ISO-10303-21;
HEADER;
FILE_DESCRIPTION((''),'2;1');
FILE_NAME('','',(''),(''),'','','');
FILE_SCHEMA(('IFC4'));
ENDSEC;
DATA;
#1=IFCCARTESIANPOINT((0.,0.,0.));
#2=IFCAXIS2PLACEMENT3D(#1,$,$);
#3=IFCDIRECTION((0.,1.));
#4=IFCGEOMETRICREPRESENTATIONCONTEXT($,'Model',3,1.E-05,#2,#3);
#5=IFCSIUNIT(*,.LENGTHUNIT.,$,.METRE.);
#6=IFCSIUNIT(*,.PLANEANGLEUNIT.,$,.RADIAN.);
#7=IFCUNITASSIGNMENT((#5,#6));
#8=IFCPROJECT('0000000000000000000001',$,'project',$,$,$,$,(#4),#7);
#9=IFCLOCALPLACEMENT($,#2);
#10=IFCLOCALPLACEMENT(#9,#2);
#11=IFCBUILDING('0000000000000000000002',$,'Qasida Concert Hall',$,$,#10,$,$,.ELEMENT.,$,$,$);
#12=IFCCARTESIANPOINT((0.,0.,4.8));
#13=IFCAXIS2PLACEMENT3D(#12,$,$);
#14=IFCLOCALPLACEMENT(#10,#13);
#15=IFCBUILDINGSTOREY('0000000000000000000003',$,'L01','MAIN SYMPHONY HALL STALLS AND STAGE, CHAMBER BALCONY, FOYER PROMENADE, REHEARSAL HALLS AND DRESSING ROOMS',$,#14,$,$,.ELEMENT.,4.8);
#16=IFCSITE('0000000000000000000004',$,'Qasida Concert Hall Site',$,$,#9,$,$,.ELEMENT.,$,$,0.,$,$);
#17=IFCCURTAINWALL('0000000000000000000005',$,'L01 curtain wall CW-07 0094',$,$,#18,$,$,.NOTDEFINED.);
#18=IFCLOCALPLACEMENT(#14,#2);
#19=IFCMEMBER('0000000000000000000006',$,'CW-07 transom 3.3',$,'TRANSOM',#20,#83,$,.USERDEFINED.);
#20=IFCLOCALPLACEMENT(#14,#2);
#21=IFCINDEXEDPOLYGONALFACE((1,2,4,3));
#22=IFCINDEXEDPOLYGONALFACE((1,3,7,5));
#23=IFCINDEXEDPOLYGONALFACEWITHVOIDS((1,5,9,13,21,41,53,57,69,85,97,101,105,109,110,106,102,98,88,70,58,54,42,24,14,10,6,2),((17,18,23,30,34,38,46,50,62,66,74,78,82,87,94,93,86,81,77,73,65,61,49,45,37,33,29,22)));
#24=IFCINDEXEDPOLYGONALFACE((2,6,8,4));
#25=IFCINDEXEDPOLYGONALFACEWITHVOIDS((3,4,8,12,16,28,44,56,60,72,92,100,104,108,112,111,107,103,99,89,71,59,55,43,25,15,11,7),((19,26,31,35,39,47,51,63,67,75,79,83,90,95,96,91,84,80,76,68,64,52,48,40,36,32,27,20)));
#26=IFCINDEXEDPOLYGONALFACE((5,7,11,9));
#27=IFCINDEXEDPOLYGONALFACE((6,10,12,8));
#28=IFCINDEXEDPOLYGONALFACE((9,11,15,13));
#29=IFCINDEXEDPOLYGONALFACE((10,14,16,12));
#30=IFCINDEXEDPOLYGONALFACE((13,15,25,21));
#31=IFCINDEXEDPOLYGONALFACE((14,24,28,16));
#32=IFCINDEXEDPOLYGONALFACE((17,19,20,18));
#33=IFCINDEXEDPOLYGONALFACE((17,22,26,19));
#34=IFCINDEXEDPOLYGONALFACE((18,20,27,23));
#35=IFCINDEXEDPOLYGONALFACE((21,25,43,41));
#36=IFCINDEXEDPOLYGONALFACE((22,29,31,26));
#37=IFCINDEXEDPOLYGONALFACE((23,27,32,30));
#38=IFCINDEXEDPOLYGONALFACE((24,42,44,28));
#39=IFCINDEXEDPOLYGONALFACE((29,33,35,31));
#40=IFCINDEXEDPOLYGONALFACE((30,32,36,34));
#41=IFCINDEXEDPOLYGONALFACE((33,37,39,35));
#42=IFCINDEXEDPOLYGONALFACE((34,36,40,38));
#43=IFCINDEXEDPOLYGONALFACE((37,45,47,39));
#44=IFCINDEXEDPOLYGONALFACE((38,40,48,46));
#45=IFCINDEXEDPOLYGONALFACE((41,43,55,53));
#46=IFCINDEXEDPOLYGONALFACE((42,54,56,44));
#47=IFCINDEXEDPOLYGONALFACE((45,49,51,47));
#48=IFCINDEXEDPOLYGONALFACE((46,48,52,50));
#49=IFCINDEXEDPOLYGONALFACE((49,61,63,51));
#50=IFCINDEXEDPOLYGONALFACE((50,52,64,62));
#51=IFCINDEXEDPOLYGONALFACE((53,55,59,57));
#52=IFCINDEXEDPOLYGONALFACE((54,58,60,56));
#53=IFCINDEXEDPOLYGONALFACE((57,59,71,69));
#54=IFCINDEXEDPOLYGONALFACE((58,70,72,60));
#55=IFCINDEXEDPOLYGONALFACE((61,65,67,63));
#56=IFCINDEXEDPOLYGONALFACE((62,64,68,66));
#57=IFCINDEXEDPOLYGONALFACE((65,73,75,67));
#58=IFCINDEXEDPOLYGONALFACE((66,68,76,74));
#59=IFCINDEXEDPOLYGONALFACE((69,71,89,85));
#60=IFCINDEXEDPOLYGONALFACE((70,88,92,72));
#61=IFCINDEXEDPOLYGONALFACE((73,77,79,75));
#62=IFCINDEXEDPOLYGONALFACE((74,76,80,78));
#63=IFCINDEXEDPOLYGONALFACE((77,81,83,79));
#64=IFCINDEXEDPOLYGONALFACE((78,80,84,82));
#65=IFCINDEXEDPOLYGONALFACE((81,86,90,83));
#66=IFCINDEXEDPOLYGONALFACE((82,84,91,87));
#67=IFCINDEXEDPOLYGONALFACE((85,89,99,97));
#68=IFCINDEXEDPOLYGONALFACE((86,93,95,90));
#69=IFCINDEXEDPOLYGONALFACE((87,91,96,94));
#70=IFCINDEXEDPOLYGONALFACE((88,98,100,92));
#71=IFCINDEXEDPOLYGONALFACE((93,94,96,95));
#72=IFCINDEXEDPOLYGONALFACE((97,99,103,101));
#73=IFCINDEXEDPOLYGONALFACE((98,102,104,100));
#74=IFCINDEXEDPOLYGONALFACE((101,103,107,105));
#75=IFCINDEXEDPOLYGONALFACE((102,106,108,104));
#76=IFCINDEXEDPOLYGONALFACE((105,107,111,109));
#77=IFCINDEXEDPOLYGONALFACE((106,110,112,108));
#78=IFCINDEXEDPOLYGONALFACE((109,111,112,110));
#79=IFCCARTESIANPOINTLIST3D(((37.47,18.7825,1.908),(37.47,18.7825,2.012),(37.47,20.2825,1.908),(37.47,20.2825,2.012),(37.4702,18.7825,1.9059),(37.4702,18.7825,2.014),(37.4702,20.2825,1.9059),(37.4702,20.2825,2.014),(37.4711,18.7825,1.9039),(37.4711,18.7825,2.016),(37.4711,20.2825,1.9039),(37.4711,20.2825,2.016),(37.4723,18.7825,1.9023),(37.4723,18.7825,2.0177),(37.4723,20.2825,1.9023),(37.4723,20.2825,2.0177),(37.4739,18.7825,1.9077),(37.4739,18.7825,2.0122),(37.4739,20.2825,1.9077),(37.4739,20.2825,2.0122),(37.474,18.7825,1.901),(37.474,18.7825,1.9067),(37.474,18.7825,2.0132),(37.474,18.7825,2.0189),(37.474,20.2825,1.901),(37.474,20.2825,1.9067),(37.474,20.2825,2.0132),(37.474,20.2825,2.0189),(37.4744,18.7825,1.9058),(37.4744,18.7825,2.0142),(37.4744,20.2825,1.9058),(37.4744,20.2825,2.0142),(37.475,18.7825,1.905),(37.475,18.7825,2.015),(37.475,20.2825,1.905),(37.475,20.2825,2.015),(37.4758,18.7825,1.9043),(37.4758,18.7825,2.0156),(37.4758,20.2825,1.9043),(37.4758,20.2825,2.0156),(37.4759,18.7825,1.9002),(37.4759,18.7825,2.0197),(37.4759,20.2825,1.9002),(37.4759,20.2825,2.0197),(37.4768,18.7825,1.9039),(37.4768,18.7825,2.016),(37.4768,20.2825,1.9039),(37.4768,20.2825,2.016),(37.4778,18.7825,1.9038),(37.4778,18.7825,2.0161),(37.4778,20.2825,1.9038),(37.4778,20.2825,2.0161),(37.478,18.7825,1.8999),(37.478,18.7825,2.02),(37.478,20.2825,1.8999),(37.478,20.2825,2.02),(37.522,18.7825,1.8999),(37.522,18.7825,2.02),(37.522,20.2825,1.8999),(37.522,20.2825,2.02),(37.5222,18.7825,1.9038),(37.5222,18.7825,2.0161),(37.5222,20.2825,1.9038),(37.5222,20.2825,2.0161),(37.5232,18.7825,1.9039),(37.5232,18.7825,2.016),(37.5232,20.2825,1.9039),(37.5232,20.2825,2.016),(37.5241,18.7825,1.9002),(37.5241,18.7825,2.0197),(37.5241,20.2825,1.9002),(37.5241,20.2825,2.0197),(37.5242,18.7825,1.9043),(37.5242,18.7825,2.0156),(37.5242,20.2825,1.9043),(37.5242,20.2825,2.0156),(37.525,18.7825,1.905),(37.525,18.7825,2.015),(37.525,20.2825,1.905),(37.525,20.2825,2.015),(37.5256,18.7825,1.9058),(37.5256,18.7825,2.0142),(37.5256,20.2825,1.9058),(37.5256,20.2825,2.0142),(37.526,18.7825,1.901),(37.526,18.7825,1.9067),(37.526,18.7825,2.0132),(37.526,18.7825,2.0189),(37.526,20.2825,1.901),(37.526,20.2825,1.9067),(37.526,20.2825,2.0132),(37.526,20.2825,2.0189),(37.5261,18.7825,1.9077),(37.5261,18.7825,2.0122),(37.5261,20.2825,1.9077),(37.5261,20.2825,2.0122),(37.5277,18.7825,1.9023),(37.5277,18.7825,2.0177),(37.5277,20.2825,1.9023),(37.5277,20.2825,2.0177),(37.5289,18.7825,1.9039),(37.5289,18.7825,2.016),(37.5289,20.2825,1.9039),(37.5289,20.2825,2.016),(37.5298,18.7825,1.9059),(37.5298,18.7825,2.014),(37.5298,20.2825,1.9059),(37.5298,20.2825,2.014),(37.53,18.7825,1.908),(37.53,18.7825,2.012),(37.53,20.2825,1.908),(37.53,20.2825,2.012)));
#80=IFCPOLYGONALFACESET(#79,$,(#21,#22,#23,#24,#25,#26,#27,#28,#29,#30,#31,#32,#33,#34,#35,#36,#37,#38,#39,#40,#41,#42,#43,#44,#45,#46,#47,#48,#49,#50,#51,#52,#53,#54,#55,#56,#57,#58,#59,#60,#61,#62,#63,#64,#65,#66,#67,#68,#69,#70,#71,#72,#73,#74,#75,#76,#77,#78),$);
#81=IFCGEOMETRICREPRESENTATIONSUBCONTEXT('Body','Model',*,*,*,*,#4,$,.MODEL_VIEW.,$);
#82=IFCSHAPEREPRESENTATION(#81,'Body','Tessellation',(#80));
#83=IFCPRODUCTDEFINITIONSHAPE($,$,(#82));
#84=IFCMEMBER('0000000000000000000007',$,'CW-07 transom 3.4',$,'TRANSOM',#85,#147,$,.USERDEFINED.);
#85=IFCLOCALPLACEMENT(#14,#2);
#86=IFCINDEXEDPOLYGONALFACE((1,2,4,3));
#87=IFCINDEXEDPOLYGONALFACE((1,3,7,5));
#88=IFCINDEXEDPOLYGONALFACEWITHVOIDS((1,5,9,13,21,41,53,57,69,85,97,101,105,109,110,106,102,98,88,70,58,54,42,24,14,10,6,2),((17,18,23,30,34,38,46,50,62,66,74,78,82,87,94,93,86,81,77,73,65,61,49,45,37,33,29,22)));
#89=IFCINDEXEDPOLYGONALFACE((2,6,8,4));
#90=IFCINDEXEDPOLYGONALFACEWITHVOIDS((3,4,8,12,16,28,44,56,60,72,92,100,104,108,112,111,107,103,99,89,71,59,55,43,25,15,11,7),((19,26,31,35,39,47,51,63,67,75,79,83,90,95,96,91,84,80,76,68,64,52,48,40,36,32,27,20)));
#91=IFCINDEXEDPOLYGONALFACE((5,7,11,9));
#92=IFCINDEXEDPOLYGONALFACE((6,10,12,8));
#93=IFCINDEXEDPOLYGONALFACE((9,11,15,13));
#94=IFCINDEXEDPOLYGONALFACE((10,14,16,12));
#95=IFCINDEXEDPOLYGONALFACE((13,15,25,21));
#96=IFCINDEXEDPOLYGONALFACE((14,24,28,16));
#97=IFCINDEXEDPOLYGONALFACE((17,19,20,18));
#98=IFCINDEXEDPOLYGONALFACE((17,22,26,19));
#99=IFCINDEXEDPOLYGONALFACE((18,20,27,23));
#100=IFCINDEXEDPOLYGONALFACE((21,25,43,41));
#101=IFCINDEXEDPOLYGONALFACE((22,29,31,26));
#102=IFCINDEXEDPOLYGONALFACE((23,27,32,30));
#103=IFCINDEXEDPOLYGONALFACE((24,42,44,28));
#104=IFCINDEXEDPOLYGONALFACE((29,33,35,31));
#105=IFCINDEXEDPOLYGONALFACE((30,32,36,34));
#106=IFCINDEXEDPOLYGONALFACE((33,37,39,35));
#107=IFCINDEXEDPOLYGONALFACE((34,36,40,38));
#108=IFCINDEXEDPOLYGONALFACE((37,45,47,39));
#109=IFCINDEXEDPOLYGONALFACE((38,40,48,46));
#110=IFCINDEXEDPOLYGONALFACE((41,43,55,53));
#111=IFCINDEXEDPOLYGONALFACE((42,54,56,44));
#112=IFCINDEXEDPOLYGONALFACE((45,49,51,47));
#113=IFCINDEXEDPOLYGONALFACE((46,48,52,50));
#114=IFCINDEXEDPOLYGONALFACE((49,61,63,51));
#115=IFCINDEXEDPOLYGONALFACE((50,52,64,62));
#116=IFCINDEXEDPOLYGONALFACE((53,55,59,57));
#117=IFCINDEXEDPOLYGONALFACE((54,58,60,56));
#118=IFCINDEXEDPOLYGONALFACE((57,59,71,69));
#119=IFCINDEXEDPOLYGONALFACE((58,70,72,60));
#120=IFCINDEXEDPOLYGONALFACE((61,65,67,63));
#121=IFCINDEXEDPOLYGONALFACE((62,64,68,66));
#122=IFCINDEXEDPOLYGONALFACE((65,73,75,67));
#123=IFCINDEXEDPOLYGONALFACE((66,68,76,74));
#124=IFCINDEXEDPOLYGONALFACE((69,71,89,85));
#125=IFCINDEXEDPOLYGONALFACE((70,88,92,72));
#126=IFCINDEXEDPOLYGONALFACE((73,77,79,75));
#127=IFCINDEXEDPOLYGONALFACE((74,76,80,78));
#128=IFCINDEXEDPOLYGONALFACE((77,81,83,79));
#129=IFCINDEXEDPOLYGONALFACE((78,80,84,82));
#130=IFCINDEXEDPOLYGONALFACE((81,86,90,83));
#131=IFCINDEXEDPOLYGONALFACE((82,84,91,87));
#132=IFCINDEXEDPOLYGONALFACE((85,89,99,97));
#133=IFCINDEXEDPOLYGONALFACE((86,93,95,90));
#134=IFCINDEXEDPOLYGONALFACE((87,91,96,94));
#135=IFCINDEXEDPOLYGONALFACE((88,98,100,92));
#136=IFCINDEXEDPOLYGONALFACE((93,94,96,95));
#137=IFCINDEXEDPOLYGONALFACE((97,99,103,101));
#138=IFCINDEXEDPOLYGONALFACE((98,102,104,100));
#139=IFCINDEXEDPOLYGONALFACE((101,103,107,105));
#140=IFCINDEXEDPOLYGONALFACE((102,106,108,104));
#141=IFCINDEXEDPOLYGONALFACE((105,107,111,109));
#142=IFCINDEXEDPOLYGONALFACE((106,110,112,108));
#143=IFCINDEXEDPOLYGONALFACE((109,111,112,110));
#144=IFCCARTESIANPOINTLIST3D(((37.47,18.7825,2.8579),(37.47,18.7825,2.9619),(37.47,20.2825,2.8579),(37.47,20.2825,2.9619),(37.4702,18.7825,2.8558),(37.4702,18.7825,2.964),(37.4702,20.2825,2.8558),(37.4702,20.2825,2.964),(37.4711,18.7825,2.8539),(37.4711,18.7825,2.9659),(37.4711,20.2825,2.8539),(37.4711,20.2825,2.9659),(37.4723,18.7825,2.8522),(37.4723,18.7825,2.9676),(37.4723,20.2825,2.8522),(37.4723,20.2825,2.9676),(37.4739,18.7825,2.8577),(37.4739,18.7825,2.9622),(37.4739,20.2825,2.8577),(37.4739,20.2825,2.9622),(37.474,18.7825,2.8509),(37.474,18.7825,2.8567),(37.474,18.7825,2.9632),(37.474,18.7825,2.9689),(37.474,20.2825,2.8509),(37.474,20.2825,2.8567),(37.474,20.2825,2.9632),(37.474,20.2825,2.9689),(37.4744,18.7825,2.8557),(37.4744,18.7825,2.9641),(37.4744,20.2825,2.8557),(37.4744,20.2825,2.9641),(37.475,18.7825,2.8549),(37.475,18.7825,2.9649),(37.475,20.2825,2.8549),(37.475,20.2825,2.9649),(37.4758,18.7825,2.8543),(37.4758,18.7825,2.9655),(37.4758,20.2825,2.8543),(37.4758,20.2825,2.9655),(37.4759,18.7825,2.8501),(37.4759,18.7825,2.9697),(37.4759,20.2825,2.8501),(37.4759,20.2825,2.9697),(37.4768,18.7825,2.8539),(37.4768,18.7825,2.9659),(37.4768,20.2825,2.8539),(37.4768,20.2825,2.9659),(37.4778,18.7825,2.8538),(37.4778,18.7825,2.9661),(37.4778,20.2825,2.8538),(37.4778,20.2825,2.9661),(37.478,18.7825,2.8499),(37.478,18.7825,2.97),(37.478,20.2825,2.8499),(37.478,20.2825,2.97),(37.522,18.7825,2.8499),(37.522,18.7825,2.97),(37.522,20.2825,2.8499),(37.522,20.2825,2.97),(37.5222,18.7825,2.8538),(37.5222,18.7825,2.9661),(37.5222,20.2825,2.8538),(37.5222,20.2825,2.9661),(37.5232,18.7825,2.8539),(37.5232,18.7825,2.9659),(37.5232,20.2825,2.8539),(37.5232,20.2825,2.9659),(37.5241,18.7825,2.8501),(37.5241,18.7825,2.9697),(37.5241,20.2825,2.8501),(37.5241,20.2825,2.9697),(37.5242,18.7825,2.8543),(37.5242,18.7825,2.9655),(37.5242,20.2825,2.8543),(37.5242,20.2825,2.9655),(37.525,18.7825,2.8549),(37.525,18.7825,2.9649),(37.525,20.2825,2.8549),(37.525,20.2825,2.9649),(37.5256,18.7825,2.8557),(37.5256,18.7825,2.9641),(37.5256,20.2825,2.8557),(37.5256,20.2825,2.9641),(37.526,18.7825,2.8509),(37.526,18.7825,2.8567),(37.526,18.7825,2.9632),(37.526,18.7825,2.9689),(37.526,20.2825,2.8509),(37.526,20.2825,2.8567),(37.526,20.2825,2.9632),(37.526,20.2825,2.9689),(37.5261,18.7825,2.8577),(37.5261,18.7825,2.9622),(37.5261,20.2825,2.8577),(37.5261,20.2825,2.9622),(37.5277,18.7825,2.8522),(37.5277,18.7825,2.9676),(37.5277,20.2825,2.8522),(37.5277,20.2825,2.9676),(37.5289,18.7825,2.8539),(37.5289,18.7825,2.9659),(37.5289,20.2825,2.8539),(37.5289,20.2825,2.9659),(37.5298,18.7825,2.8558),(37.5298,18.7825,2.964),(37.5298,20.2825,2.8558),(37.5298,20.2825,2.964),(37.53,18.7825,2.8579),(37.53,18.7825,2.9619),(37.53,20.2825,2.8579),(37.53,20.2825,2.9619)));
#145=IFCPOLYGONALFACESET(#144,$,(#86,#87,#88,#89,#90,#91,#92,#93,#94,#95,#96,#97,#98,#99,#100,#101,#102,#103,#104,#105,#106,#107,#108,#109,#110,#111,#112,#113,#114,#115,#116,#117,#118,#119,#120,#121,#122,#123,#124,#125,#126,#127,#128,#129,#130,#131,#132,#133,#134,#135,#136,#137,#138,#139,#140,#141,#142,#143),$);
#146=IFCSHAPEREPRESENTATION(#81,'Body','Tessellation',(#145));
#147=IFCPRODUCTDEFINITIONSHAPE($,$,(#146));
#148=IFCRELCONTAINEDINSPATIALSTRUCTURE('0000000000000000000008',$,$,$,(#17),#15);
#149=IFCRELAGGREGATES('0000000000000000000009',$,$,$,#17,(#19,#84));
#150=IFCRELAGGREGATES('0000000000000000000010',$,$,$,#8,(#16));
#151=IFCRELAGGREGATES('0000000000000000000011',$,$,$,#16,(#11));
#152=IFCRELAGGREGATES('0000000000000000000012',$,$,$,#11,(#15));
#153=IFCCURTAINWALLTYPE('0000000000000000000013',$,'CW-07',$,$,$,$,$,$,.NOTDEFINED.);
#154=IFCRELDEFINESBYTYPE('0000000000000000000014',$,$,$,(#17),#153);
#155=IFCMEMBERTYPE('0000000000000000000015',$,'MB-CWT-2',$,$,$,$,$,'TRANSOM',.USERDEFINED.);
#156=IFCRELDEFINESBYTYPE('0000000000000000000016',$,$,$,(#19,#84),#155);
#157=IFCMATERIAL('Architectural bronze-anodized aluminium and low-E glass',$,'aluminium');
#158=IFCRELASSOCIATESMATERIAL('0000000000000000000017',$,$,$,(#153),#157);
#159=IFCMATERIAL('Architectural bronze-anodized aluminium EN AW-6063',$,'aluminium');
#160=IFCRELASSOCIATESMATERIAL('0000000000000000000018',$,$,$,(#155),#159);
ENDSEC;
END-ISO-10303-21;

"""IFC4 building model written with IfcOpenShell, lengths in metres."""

from ifc_helpers import new_model, si_unit, direction, frame, origin, origin_2d, place, context, subcontext, project, spatial, hollow_rectangle, extrude, material, material_profile, profile_set, type_object, element, aggregate, save


model = new_model("IFC4")

# Units and contexts
model_context = context("Model", 3, precision=1e-05, world=origin(), true_north=direction((0.0, 1.0)))
body_context = subcontext(model_context, "Body", "Model", "MODEL_VIEW")
ifc_project = project(units=[si_unit("LENGTHUNIT", "METRE"), si_unit("PLANEANGLEUNIT", "RADIAN")], contexts=[model_context])

# Site, building, storey
site_placement = place(None, origin())
site = spatial("IfcSite", under=ifc_project, at=site_placement, Name="Qasida Concert Hall Site", CompositionType="ELEMENT", RefElevation=0.0)
building_placement = place(site_placement, origin())
building = spatial("IfcBuilding", under=site, at=building_placement, Name="Qasida Concert Hall", CompositionType="ELEMENT")
storey_placement = place(building_placement, frame((0.0, 0.0, 4.8)))
storey = spatial("IfcBuildingStorey", under=building, at=storey_placement, Name="L01", Description="MAIN SYMPHONY HALL STALLS AND STAGE, CHAMBER BALCONY, FOYER PROMENADE, REHEARSAL HALLS AND DRESSING ROOMS", CompositionType="ELEMENT", Elevation=4.8)

# Curtain wall, members
ifc_material_1 = material(Name="Architectural bronze-anodized aluminium and low-E glass", Category="aluminium")
curtain_wall_type = type_object("IfcCurtainWallType", Name="CW-07", PredefinedType="NOTDEFINED", material=ifc_material_1)
curtain_wall_placement = place(storey_placement, origin())
curtain_wall = element("IfcCurtainWall", 1, at=curtain_wall_placement, inside=storey, type_object=curtain_wall_type, Name="L01 curtain wall CW-07 0094", PredefinedType="NOTDEFINED")
ifc_material_2 = material(Name="Architectural bronze-anodized aluminium EN AW-6063", Category="aluminium")
ifc_material_profile_1 = material_profile(ifc_material_2, hollow_rectangle(XDim=0.0601, YDim=0.1201, WallThickness=0.0039, InnerFilletRadius=0.0039, OuterFilletRadius=0.0081, at=origin_2d()), Name="CWT 120x60x4")
ifc_profile_set_1 = profile_set([ifc_material_profile_1], Name="Architectural bronze-anodized aluminium EN AW-6063")
member_type_1 = type_object("IfcMemberType", Name="MB-CWT-2", ElementType="TRANSOM", PredefinedType="USERDEFINED", material=ifc_profile_set_1)
member_1_placement = place(storey_placement, frame((37.5, 18.7825, 1.96), z_axis=(0.0, 1.0, 0.0), x_axis=(-1.0, 0.0, 0.0)))
member_1 = element("IfcMember", 2, at=member_1_placement, type_object=member_type_1, Name="CW-07 transom 3.3", ObjectType="TRANSOM", PredefinedType="USERDEFINED", context=body_context, shape_type="SweptSolid", body=[
    extrude(hollow_rectangle(XDim=0.0601, YDim=0.1201, WallThickness=0.0039, InnerFilletRadius=0.0039, OuterFilletRadius=0.0081, at=origin_2d()), origin(), (0.0, 0.0, 1.0), 1.5),
])
member_2_placement = place(storey_placement, frame((37.5, 18.7825, 2.9099), z_axis=(0.0, 1.0, 0.0), x_axis=(-1.0, 0.0, 0.0)))
member_2 = element("IfcMember", 3, at=member_2_placement, type_object=member_type_1, Name="CW-07 transom 3.4", ObjectType="TRANSOM", PredefinedType="USERDEFINED", context=body_context, shape_type="SweptSolid", body=[
    extrude(hollow_rectangle(XDim=0.0601, YDim=0.1201, WallThickness=0.0039, InnerFilletRadius=0.0039, OuterFilletRadius=0.0081, at=origin_2d()), origin(), (0.0, 0.0, 1.0), 1.5),
])
aggregate(curtain_wall, [member_1, member_2])

save(model, "model.ifc")
